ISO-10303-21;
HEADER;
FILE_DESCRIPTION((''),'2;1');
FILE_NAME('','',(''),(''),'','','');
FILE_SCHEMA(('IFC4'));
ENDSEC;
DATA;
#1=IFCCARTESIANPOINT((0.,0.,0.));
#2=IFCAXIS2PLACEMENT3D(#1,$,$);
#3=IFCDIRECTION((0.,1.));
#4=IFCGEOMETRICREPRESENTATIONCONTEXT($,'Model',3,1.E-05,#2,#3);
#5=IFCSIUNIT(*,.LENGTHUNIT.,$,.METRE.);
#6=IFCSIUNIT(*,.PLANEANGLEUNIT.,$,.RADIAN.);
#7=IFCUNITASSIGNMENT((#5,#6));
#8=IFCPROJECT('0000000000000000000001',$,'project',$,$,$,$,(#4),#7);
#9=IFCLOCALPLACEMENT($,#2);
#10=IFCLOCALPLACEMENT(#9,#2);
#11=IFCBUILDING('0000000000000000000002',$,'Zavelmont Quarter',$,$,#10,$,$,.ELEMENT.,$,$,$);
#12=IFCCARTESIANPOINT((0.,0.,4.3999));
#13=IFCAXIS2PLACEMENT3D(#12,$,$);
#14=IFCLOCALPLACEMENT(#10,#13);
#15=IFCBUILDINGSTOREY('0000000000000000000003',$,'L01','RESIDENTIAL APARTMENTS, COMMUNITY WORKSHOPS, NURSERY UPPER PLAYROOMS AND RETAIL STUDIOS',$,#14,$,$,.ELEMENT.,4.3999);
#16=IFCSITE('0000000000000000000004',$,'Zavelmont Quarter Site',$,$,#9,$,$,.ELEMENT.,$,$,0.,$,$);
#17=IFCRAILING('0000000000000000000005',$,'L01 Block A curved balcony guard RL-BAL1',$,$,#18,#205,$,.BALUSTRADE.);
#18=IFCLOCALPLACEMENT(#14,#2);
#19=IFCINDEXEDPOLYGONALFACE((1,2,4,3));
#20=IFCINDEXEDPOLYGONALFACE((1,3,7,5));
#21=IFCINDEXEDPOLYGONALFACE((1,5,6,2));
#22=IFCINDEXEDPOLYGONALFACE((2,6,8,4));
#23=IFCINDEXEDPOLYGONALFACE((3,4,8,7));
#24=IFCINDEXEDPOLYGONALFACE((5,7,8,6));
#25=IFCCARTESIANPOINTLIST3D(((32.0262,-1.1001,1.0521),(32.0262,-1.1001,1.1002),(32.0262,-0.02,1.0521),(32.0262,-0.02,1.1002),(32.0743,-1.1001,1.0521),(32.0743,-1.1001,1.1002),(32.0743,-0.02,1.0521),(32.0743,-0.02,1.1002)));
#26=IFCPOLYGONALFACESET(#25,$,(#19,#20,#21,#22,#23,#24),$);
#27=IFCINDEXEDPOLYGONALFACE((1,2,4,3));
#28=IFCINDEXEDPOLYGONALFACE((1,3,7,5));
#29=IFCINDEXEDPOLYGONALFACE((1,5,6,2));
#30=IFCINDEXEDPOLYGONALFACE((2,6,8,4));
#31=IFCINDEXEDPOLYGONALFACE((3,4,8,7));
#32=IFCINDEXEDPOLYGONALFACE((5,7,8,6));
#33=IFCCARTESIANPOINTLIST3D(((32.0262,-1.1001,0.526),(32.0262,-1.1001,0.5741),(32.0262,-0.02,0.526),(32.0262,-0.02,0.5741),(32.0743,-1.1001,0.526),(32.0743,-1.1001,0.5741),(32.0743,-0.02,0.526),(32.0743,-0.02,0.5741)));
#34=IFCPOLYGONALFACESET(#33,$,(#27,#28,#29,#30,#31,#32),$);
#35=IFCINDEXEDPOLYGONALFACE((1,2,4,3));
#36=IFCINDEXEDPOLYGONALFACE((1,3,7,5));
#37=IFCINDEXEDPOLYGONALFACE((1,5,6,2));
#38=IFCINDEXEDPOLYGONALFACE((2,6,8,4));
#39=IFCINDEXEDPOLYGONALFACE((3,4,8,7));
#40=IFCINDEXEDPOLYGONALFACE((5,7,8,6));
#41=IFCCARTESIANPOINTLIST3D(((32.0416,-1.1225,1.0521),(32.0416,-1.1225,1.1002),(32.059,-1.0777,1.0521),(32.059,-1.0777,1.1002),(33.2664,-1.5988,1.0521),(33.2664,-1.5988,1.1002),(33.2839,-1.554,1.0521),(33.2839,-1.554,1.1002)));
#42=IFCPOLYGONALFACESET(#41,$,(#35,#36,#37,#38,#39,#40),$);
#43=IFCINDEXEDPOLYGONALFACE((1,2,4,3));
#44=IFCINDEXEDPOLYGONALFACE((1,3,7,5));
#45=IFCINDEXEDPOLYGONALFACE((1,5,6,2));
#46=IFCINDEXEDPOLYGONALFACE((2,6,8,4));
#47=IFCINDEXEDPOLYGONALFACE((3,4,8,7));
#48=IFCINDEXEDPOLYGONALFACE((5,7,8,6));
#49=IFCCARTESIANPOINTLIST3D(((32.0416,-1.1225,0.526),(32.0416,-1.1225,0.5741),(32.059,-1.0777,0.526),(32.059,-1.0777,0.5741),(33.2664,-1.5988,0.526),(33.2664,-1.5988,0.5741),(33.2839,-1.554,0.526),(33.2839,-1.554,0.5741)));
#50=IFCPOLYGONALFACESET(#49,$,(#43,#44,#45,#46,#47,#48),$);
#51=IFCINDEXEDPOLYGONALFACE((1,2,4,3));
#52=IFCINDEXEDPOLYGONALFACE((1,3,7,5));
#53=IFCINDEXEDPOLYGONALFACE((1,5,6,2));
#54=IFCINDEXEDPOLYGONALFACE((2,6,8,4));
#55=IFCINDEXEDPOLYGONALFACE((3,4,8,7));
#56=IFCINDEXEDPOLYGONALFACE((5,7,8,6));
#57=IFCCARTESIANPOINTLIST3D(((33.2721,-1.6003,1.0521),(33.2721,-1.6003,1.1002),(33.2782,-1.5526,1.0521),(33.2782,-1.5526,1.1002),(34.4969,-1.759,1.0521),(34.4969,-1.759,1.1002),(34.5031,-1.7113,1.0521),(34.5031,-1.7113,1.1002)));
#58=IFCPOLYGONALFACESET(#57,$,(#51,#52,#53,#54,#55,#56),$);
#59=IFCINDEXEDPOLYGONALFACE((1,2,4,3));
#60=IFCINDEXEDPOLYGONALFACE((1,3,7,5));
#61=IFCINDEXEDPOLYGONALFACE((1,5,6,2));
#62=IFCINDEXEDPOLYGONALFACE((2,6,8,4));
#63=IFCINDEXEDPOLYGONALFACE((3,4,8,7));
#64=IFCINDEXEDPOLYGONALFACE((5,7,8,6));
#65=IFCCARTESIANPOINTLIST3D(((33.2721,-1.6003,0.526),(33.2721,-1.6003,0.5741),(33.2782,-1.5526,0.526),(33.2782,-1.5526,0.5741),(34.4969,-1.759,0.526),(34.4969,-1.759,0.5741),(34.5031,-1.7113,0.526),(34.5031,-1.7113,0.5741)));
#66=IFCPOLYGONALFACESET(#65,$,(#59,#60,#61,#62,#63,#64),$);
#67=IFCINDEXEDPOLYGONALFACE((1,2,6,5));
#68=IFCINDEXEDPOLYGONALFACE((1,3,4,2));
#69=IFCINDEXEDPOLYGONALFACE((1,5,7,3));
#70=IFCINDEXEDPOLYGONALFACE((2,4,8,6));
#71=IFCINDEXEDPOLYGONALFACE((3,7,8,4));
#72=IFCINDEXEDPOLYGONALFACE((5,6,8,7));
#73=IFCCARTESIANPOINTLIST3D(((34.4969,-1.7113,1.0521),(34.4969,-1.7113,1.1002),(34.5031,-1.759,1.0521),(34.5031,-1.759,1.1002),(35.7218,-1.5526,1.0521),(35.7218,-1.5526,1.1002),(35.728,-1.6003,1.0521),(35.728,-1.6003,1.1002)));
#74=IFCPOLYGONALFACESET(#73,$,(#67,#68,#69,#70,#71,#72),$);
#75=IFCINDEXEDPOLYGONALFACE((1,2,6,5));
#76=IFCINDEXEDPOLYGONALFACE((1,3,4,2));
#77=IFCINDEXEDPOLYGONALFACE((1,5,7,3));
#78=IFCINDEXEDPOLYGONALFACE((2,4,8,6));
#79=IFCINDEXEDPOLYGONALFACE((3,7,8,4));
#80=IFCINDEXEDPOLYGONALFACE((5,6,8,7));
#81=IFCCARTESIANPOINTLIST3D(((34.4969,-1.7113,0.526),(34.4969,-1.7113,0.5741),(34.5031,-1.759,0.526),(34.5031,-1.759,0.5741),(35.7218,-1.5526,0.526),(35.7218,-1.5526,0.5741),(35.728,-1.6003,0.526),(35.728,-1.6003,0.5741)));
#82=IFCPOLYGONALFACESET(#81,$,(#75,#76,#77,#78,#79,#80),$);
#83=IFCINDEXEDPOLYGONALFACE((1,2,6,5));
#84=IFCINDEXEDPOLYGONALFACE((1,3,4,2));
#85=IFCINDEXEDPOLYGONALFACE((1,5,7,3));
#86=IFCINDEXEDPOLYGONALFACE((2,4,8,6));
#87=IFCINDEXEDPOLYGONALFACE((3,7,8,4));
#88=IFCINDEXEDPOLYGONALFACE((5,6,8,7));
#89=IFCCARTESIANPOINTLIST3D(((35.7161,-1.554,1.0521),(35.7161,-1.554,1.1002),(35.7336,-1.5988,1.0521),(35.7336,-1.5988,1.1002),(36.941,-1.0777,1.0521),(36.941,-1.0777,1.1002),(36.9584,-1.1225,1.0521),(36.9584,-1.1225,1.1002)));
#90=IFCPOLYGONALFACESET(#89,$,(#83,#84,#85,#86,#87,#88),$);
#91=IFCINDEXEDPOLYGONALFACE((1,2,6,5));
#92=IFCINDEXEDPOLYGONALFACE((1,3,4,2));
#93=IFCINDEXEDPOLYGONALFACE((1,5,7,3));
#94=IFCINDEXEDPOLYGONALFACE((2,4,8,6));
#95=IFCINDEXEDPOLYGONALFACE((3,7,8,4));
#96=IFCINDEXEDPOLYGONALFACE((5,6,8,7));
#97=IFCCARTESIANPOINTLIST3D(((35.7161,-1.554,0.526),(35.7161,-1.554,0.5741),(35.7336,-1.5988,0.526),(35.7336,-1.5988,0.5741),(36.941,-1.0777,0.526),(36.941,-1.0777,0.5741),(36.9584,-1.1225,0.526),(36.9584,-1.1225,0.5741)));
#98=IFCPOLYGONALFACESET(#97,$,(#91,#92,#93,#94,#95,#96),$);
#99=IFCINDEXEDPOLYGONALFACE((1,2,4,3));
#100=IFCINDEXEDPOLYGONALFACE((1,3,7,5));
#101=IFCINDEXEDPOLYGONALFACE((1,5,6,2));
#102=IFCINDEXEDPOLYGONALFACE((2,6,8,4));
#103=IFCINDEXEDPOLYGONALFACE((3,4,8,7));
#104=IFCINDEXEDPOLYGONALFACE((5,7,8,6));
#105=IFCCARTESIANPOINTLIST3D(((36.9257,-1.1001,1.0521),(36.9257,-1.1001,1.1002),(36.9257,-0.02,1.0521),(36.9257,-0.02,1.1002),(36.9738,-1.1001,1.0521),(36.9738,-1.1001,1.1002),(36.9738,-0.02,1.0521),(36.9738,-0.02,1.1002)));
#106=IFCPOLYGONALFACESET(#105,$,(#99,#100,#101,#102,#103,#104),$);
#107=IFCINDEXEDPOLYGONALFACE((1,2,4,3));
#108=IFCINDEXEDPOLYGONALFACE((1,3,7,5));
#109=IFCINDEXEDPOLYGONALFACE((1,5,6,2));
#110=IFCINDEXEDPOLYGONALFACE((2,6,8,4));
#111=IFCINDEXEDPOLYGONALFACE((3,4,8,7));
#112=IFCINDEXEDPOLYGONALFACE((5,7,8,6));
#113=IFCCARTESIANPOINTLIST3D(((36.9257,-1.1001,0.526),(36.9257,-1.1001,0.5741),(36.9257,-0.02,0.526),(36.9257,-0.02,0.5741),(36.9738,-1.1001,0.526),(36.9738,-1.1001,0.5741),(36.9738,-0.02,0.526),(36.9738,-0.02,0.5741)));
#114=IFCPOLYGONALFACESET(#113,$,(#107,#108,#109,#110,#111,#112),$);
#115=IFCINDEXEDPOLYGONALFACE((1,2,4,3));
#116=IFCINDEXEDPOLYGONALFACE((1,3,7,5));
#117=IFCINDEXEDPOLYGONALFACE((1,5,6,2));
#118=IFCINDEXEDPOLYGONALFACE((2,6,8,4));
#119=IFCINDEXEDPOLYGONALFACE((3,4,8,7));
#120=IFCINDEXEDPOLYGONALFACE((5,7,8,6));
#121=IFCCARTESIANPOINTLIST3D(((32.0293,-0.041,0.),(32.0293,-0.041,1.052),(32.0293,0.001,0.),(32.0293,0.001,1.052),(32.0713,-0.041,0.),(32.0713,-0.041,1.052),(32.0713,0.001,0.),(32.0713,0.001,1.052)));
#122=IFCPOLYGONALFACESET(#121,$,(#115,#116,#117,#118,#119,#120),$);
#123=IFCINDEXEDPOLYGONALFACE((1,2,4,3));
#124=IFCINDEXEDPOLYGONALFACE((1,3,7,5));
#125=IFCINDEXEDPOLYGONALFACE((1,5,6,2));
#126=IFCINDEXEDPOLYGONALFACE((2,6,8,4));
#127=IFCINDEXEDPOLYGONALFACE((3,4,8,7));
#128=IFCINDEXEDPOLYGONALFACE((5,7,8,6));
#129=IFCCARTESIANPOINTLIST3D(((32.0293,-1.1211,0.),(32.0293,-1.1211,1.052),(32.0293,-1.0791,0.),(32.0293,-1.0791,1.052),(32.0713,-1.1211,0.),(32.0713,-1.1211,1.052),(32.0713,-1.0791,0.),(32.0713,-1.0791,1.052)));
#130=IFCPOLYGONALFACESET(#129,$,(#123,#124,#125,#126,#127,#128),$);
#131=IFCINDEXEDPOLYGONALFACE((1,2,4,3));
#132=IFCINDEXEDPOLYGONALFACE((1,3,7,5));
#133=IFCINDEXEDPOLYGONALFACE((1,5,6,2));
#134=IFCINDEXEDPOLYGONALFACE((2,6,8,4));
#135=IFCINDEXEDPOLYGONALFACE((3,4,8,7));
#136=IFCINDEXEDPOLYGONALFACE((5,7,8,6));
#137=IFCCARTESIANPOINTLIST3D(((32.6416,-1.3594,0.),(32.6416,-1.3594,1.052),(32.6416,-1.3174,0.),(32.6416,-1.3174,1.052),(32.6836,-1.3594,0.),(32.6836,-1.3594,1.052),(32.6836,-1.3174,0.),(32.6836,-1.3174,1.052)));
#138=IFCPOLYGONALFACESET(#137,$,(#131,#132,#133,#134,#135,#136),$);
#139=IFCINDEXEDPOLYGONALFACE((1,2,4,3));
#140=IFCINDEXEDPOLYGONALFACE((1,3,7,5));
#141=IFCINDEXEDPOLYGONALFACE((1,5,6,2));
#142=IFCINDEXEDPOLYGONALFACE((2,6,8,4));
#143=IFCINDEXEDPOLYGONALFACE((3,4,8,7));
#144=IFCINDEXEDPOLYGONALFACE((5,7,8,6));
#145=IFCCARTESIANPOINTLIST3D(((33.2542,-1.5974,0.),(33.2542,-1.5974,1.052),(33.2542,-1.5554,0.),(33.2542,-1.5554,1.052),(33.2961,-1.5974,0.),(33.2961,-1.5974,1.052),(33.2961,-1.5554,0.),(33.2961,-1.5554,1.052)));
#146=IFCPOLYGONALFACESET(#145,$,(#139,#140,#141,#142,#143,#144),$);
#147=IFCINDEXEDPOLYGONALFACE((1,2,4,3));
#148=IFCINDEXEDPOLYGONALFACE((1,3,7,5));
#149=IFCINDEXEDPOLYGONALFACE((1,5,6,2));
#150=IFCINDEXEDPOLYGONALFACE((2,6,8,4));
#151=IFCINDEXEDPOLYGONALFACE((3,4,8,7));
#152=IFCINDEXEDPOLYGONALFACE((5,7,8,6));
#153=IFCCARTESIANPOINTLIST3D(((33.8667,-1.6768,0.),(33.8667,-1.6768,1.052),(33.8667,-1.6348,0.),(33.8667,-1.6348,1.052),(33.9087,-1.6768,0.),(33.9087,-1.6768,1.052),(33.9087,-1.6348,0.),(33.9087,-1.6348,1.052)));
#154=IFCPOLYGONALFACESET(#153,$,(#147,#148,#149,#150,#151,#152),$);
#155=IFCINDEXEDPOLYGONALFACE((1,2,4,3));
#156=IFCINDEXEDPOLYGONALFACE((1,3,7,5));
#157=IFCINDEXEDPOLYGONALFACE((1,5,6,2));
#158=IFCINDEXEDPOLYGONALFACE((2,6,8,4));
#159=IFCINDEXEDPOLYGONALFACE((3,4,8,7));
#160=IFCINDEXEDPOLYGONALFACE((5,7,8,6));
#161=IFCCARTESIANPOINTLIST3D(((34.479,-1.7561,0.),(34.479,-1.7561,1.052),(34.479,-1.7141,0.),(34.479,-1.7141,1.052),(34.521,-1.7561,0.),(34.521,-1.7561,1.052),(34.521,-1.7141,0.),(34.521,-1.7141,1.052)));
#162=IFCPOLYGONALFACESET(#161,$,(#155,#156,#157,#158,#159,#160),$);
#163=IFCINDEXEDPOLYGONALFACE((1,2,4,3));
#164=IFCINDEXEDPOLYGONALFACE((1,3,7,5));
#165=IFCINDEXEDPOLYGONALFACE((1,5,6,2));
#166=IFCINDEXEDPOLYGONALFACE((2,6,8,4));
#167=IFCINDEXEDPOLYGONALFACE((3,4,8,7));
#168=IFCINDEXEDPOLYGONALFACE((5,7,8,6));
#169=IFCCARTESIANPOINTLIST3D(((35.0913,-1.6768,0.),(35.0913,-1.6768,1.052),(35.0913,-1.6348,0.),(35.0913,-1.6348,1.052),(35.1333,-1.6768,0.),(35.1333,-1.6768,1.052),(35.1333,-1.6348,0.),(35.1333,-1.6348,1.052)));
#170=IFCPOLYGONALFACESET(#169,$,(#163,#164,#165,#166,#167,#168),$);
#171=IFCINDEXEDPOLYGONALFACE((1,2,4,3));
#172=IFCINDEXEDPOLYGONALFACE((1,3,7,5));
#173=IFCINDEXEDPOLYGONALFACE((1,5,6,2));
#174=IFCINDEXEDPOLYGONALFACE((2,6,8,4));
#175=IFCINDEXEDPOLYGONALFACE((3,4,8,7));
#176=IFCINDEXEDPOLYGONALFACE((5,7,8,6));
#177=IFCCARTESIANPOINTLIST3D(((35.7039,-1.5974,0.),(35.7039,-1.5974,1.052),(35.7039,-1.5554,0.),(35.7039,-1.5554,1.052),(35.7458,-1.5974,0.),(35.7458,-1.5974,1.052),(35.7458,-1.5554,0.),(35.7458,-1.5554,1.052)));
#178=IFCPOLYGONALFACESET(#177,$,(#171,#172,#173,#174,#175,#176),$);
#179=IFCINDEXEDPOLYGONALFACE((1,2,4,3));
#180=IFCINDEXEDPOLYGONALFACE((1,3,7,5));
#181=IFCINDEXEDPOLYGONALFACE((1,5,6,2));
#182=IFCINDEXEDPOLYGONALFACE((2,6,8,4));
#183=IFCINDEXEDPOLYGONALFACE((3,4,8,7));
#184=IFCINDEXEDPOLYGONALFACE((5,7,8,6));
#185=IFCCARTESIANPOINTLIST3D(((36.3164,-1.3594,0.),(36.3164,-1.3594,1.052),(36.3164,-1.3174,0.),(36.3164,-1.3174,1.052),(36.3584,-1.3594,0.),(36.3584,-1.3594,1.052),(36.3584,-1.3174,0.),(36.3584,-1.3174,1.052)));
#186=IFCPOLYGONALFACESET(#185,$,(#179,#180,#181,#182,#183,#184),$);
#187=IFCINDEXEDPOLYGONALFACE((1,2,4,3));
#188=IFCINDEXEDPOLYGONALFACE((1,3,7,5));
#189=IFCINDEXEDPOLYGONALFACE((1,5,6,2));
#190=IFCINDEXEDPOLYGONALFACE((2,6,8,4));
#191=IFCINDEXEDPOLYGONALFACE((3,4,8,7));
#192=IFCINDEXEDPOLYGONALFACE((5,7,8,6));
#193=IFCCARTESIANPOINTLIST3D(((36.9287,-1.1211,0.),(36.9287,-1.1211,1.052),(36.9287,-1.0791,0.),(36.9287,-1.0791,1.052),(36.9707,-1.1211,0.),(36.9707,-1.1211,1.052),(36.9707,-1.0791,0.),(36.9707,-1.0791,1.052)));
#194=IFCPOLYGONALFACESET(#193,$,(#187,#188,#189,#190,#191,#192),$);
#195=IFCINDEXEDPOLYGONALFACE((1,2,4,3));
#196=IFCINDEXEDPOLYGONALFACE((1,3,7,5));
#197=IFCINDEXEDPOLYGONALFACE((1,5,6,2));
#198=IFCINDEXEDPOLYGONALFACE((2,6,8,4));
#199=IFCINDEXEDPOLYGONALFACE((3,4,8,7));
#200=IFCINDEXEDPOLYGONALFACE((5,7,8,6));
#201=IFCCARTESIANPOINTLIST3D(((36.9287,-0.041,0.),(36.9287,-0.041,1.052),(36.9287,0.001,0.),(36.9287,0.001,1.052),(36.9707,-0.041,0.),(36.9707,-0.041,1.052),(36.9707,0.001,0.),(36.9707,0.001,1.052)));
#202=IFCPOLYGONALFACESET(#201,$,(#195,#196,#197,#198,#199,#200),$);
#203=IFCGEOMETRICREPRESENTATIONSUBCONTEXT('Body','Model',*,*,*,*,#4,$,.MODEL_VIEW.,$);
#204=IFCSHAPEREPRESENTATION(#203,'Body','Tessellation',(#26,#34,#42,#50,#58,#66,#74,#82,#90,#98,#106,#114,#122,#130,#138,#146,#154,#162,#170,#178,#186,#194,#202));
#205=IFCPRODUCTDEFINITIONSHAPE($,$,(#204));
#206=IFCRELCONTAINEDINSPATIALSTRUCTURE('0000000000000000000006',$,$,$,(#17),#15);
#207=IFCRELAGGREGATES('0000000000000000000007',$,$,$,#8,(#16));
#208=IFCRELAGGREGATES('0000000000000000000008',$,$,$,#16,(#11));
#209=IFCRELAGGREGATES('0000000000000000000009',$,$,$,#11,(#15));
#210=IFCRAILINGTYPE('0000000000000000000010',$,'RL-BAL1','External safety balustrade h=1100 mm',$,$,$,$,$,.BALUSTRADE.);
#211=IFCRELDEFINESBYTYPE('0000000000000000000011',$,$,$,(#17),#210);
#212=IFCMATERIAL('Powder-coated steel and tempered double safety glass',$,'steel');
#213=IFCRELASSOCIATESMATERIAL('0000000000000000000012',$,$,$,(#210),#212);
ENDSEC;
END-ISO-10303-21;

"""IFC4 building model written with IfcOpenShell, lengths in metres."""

from ifc_helpers import new_model, si_unit, direction, frame, origin, origin_2d, place, context, subcontext, project, spatial, rectangle, extrude, material, type_object, element, save


model = new_model("IFC4")

# Units and contexts
model_context = context("Model", 3, precision=1e-05, world=origin(), true_north=direction((0.0, 1.0)))
body_context = subcontext(model_context, "Body", "Model", "MODEL_VIEW")
ifc_project = project(units=[si_unit("LENGTHUNIT", "METRE"), si_unit("PLANEANGLEUNIT", "RADIAN")], contexts=[model_context])

# Site, building, storey
site_placement = place(None, origin())
site = spatial("IfcSite", under=ifc_project, at=site_placement, Name="Zavelmont Quarter Site", CompositionType="ELEMENT", RefElevation=0.0)
building_placement = place(site_placement, origin())
building = spatial("IfcBuilding", under=site, at=building_placement, Name="Zavelmont Quarter", CompositionType="ELEMENT")
storey_placement = place(building_placement, frame((0.0, 0.0, 4.3999)))
storey = spatial("IfcBuildingStorey", under=building, at=storey_placement, Name="L01", Description="RESIDENTIAL APARTMENTS, COMMUNITY WORKSHOPS, NURSERY UPPER PLAYROOMS AND RETAIL STUDIOS", CompositionType="ELEMENT", Elevation=4.3999)

# Railing
ifc_material_1 = material(Name="Powder-coated steel and tempered double safety glass", Category="steel")
railing_type = type_object("IfcRailingType", Name="RL-BAL1", Description="External safety balustrade h=1100 mm", PredefinedType="BALUSTRADE", material=ifc_material_1)
railing_placement = place(storey_placement, frame((32.0503, -0.02, 0.0)))
element("IfcRailing", 1, at=railing_placement, inside=storey, type_object=railing_type, Name="L01 Block A curved balcony guard RL-BAL1", PredefinedType="BALUSTRADE", context=body_context, shape_type="SweptSolid", body=[
    extrude(rectangle(XDim=0.0481, YDim=0.0481, at=origin_2d()), frame((0.0, 0.0, 1.0762), z_axis=(0.0, -1.0, 0.0), x_axis=(1.0, 0.0, 0.0)), (0.0, 0.0, 1.0), 1.0801),
    extrude(rectangle(XDim=0.0481, YDim=0.0481, at=origin_2d()), frame((0.0, 0.0, 0.55), z_axis=(0.0, -1.0, 0.0), x_axis=(1.0, 0.0, 0.0)), (0.0, 0.0, 1.0), 1.0801),
    extrude(rectangle(XDim=0.0481, YDim=0.0481, at=origin_2d()), frame((0.0, -1.0801, 1.0762), z_axis=(0.932008, -0.362437, 0.0), x_axis=(0.362437, 0.932008, 0.0)), (0.0, 0.0, 1.0), 1.3142),
    extrude(rectangle(XDim=0.0481, YDim=0.0481, at=origin_2d()), frame((0.0, -1.0801, 0.55), z_axis=(0.932008, -0.362437, 0.0), x_axis=(0.362437, 0.932008, 0.0)), (0.0, 0.0, 1.0), 1.3142),
    extrude(rectangle(XDim=0.0481, YDim=0.0481, at=origin_2d()), frame((1.2249, -1.5564, 1.0762), z_axis=(0.991711, -0.128486, 0.0), x_axis=(0.128486, 0.991711, 0.0)), (0.0, 0.0, 1.0), 1.2351),
    extrude(rectangle(XDim=0.0481, YDim=0.0481, at=origin_2d()), frame((1.2249, -1.5564, 0.55), z_axis=(0.991711, -0.128486, 0.0), x_axis=(0.128486, 0.991711, 0.0)), (0.0, 0.0, 1.0), 1.2351),
    extrude(rectangle(XDim=0.0481, YDim=0.0481, at=origin_2d()), frame((2.4497, -1.7151, 1.0762), z_axis=(0.991711, 0.128486, 0.0), x_axis=(-0.128486, 0.991711, 0.0)), (0.0, 0.0, 1.0), 1.2351),
    extrude(rectangle(XDim=0.0481, YDim=0.0481, at=origin_2d()), frame((2.4497, -1.7151, 0.55), z_axis=(0.991711, 0.128486, 0.0), x_axis=(-0.128486, 0.991711, 0.0)), (0.0, 0.0, 1.0), 1.2351),
    extrude(rectangle(XDim=0.0481, YDim=0.0481, at=origin_2d()), frame((3.6746, -1.5564, 1.0762), z_axis=(0.932008, 0.362437, 0.0), x_axis=(-0.362437, 0.932008, 0.0)), (0.0, 0.0, 1.0), 1.3142),
    extrude(rectangle(XDim=0.0481, YDim=0.0481, at=origin_2d()), frame((3.6746, -1.5564, 0.55), z_axis=(0.932008, 0.362437, 0.0), x_axis=(-0.362437, 0.932008, 0.0)), (0.0, 0.0, 1.0), 1.3142),
    extrude(rectangle(XDim=0.0481, YDim=0.0481, at=origin_2d()), frame((4.8994, -1.0801, 1.0762), z_axis=(0.0, 1.0, 0.0), x_axis=(-1.0, 0.0, 0.0)), (0.0, 0.0, 1.0), 1.0801),
    extrude(rectangle(XDim=0.0481, YDim=0.0481, at=origin_2d()), frame((4.8994, -1.0801, 0.55), z_axis=(0.0, 1.0, 0.0), x_axis=(-1.0, 0.0, 0.0)), (0.0, 0.0, 1.0), 1.0801),
    extrude(rectangle(XDim=0.042, YDim=0.042, at=origin_2d()), origin(), (0.0, 0.0, 1.0), 1.052),
    extrude(rectangle(XDim=0.042, YDim=0.042, at=origin_2d()), frame((0.0, -1.0801, 0.0)), (0.0, 0.0, 1.0), 1.052),
    extrude(rectangle(XDim=0.042, YDim=0.042, at=origin_2d()), frame((0.6123, -1.3184, 0.0)), (0.0, 0.0, 1.0), 1.052),
    extrude(rectangle(XDim=0.042, YDim=0.042, at=origin_2d()), frame((1.2249, -1.5564, 0.0)), (0.0, 0.0, 1.0), 1.052),
    extrude(rectangle(XDim=0.042, YDim=0.042, at=origin_2d()), frame((1.8374, -1.6357, 0.0)), (0.0, 0.0, 1.0), 1.052),
    extrude(rectangle(XDim=0.042, YDim=0.042, at=origin_2d()), frame((2.4497, -1.7151, 0.0)), (0.0, 0.0, 1.0), 1.052),
    extrude(rectangle(XDim=0.042, YDim=0.042, at=origin_2d()), frame((3.062, -1.6357, 0.0)), (0.0, 0.0, 1.0), 1.052),
    extrude(rectangle(XDim=0.042, YDim=0.042, at=origin_2d()), frame((3.6746, -1.5564, 0.0)), (0.0, 0.0, 1.0), 1.052),
    extrude(rectangle(XDim=0.042, YDim=0.042, at=origin_2d()), frame((4.2871, -1.3184, 0.0)), (0.0, 0.0, 1.0), 1.052),
    extrude(rectangle(XDim=0.042, YDim=0.042, at=origin_2d()), frame((4.8994, -1.0801, 0.0)), (0.0, 0.0, 1.0), 1.052),
    extrude(rectangle(XDim=0.042, YDim=0.042, at=origin_2d()), frame((4.8994, 0.0, 0.0)), (0.0, 0.0, 1.0), 1.052),
])

save(model, "model.ifc")
